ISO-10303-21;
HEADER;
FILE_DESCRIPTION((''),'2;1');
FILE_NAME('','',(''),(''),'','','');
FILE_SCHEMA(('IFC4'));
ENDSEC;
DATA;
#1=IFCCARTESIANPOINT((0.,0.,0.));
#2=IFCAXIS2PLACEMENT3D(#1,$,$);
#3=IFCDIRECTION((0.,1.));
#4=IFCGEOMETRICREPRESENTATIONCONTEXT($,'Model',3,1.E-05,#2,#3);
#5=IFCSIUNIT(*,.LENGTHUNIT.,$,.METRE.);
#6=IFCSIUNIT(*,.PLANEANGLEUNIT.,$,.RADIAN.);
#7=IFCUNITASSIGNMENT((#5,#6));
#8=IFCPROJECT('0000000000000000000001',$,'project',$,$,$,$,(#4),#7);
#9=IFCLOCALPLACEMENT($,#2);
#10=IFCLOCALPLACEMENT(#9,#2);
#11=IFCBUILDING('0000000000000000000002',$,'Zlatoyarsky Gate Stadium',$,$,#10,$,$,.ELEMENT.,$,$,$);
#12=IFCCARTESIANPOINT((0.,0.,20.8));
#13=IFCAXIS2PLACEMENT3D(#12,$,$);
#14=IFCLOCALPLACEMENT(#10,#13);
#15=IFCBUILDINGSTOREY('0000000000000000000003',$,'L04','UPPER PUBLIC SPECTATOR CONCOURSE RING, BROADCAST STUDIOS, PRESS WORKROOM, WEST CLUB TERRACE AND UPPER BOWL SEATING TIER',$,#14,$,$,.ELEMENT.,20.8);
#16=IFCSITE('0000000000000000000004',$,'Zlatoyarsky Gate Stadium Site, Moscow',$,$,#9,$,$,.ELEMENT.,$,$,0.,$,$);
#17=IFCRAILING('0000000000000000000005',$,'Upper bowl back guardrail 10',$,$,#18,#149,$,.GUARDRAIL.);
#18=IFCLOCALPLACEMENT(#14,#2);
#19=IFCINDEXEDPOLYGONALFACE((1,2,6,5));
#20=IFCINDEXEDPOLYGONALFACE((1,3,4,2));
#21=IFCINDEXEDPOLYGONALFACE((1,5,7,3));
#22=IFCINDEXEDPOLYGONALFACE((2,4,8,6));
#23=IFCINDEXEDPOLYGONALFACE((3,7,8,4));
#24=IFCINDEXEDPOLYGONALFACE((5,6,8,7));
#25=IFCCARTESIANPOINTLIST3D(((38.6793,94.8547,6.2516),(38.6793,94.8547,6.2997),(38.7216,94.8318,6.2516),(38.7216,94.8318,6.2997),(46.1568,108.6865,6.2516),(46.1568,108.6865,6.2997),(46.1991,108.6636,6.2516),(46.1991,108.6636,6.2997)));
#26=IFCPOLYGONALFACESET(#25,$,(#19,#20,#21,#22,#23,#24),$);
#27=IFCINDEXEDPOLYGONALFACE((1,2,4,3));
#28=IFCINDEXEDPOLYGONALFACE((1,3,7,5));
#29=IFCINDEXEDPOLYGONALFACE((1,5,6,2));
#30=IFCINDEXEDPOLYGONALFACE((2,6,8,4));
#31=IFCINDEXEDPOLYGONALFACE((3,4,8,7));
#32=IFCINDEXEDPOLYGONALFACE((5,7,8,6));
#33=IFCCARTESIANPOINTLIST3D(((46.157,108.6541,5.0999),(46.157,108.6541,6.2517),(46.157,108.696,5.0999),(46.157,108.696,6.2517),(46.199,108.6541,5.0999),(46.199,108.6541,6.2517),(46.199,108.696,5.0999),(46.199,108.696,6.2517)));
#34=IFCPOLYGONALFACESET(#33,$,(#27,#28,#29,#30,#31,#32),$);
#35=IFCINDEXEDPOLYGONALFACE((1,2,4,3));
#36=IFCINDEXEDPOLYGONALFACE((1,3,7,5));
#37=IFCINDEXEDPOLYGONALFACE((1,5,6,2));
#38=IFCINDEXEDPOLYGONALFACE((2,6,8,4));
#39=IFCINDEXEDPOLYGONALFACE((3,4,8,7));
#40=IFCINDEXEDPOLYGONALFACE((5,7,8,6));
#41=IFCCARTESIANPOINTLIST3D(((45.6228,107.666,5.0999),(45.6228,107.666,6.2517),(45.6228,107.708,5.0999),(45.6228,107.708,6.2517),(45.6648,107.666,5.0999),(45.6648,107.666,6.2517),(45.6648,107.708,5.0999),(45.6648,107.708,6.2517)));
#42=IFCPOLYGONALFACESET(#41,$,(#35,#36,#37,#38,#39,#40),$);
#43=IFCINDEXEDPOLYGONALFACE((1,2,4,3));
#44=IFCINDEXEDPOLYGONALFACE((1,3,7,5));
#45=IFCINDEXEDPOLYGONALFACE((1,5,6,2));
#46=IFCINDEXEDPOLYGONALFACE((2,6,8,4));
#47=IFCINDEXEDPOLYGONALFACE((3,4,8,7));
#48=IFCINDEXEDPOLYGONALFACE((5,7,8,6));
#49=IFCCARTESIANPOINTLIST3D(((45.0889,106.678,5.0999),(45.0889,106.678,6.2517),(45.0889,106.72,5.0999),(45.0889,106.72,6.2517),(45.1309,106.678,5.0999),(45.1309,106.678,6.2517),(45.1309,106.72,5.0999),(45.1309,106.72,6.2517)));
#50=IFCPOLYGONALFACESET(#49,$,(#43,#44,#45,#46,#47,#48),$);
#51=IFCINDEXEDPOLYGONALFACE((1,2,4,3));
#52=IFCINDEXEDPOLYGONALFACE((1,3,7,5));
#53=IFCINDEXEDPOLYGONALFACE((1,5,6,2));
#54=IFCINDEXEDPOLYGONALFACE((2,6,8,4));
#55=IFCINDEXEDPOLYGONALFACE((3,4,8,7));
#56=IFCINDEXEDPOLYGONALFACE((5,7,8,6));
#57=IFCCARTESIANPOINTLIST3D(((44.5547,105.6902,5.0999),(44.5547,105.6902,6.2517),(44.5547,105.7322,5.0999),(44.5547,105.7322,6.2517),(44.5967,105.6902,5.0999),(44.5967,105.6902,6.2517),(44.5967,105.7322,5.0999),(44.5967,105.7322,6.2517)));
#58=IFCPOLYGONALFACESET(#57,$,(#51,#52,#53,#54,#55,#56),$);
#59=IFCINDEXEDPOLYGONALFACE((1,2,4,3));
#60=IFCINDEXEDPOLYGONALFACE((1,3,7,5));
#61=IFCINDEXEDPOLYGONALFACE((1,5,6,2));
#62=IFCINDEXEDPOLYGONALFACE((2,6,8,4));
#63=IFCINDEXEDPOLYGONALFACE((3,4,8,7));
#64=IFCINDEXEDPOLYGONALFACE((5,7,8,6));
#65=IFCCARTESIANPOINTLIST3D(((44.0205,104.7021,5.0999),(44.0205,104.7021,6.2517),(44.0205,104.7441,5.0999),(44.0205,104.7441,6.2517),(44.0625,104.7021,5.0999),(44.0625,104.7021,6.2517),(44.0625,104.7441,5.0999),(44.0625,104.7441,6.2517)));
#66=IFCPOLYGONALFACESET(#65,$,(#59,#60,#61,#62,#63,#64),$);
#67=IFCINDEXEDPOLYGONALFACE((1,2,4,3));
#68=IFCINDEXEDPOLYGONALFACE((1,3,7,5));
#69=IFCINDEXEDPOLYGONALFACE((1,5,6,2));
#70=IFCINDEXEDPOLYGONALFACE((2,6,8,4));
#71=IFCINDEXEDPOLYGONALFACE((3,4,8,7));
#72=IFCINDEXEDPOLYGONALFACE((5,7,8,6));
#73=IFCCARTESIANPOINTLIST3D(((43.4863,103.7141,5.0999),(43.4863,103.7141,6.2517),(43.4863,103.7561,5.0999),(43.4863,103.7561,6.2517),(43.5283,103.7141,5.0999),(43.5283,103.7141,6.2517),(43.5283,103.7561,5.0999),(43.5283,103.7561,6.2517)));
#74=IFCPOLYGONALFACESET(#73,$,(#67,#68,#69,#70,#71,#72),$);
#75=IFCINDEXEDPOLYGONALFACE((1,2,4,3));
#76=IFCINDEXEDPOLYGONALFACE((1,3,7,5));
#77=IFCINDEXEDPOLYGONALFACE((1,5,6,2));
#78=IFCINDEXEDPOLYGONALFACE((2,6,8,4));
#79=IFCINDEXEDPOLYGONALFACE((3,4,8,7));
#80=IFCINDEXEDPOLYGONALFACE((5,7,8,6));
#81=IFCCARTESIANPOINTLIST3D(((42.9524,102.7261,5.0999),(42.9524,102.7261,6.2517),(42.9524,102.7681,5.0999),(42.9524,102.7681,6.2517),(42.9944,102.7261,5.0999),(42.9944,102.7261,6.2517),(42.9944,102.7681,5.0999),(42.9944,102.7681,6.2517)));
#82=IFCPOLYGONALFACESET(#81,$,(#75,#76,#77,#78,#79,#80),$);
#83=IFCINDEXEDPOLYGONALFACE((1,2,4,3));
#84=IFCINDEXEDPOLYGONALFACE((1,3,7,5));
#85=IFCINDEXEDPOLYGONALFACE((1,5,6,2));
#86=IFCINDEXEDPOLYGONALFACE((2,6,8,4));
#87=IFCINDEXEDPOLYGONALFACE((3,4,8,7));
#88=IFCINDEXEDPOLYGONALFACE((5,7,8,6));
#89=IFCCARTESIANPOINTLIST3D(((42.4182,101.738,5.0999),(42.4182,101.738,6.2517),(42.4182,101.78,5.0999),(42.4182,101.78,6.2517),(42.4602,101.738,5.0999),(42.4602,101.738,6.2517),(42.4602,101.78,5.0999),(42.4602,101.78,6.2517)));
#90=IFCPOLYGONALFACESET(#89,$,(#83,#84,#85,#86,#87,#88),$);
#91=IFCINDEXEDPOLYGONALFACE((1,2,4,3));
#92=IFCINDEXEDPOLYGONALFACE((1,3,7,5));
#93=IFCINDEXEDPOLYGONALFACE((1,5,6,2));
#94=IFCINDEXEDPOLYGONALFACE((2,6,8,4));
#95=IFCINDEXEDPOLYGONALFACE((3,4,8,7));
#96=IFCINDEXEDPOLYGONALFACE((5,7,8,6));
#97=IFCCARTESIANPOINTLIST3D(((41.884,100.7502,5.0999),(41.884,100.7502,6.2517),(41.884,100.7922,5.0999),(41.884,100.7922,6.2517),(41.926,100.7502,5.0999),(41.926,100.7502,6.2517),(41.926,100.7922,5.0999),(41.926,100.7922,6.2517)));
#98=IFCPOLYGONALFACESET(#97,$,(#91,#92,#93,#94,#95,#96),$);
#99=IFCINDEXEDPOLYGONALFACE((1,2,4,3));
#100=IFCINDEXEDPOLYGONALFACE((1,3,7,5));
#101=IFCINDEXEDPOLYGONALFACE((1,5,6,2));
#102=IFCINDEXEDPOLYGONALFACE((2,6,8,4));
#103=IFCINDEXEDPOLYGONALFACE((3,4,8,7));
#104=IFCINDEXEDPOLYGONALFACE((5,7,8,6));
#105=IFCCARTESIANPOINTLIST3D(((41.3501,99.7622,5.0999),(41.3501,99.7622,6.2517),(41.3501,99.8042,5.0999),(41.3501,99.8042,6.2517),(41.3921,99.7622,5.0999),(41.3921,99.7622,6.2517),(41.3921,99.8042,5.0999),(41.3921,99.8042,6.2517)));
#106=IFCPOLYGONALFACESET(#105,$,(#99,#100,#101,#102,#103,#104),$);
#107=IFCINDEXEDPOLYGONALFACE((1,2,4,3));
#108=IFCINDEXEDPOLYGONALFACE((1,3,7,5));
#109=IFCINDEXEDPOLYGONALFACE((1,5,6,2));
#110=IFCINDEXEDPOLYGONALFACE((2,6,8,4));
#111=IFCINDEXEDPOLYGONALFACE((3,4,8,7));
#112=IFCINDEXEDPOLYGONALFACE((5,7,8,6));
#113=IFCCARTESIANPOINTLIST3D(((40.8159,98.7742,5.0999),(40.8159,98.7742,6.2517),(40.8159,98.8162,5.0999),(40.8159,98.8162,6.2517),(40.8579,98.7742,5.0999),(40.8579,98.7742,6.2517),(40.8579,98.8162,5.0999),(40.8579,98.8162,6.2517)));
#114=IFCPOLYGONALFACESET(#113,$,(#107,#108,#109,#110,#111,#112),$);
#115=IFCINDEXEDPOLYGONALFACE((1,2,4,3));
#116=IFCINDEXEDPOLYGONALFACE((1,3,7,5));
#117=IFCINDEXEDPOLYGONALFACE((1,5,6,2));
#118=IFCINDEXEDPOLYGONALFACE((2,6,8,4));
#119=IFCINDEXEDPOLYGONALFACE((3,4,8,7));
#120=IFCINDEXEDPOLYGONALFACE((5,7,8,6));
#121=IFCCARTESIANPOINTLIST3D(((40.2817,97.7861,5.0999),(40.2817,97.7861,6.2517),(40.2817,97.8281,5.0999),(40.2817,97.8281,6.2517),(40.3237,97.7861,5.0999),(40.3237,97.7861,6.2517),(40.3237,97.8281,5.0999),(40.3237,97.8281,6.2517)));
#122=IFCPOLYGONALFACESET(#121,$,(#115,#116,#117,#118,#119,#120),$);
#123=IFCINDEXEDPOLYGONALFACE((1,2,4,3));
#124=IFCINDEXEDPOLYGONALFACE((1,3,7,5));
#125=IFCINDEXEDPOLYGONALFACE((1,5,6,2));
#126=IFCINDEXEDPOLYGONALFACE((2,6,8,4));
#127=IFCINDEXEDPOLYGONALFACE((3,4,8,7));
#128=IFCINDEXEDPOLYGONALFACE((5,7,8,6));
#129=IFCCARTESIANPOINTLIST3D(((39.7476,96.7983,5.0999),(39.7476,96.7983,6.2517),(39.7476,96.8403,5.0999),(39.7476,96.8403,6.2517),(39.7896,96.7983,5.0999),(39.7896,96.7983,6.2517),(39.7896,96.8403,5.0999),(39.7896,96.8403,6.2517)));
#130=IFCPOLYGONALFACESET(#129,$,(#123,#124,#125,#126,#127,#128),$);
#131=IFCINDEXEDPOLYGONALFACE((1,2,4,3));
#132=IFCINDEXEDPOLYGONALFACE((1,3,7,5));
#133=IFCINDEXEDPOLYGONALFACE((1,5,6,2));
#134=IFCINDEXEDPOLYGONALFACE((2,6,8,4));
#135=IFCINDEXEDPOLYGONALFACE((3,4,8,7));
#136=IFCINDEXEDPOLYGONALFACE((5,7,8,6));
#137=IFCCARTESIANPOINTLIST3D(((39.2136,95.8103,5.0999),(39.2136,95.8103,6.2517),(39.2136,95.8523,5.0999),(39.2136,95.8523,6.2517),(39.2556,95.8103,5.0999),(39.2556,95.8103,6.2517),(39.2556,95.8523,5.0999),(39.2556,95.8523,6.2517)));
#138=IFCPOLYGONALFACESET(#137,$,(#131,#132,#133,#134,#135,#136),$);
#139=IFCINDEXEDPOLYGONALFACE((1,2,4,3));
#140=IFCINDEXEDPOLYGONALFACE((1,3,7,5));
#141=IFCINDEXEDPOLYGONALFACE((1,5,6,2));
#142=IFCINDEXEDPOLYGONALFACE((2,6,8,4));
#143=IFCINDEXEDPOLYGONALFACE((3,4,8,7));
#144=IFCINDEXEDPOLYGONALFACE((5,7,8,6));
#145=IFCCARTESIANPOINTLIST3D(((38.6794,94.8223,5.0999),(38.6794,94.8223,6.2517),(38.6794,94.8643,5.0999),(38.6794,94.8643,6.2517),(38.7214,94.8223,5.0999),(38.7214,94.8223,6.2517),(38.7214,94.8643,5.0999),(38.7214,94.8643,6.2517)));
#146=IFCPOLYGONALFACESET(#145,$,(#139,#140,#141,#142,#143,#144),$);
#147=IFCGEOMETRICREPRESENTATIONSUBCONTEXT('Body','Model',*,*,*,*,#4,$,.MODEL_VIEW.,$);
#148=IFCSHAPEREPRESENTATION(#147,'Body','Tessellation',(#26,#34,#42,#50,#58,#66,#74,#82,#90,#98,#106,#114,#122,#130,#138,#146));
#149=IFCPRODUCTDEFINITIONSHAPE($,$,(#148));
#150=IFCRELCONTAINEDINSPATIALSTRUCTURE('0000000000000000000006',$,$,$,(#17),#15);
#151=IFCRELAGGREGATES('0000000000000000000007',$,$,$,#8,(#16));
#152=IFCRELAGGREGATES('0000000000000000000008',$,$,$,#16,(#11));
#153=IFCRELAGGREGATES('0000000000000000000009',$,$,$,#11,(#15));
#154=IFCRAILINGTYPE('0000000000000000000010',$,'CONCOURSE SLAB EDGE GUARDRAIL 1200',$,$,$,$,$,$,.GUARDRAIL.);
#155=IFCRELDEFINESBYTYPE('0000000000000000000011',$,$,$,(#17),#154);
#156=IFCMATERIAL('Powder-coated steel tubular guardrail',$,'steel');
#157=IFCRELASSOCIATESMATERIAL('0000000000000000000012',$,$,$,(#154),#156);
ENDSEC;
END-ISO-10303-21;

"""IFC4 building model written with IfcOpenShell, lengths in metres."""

from ifc_helpers import new_model, si_unit, direction, frame, origin, origin_2d, place, context, subcontext, project, spatial, rectangle, extrude, material, type_object, element, save


model = new_model("IFC4")

# Units and contexts
model_context = context("Model", 3, precision=1e-05, world=origin(), true_north=direction((0.0, 1.0)))
body_context = subcontext(model_context, "Body", "Model", "MODEL_VIEW")
ifc_project = project(units=[si_unit("LENGTHUNIT", "METRE"), si_unit("PLANEANGLEUNIT", "RADIAN")], contexts=[model_context])

# Site, building, storey
site_placement = place(None, origin())
site = spatial("IfcSite", under=ifc_project, at=site_placement, Name="Zlatoyarsky Gate Stadium Site, Moscow", CompositionType="ELEMENT", RefElevation=0.0)
building_placement = place(site_placement, origin())
building = spatial("IfcBuilding", under=site, at=building_placement, Name="Zlatoyarsky Gate Stadium", CompositionType="ELEMENT")
storey_placement = place(building_placement, frame((0.0, 0.0, 20.8)))
storey = spatial("IfcBuildingStorey", under=building, at=storey_placement, Name="L04", Description="UPPER PUBLIC SPECTATOR CONCOURSE RING, BROADCAST STUDIOS, PRESS WORKROOM, WEST CLUB TERRACE AND UPPER BOWL SEATING TIER", CompositionType="ELEMENT", Elevation=20.8)

# Railing
ifc_material_1 = material(Name="Powder-coated steel tubular guardrail", Category="steel")
railing_type_1 = type_object("IfcRailingType", Name="CONCOURSE SLAB EDGE GUARDRAIL 1200", PredefinedType="GUARDRAIL", material=ifc_material_1)
railing_1_placement = place(storey_placement, frame((46.178, 108.675, 5.0999)))
element("IfcRailing", 1, at=railing_1_placement, inside=storey, type_object=railing_type_1, Name="Upper bowl back guardrail 10", PredefinedType="GUARDRAIL", context=body_context, shape_type="SweptSolid", body=[
    extrude(rectangle(XDim=0.0481, YDim=0.0481, at=origin_2d()), frame((0.0, 0.0, 1.1758), z_axis=(-0.475561, -0.879683, 0.0), x_axis=(0.879683, -0.475561, 0.0)), (0.0, 0.0, 1.0), 15.7236),
    extrude(rectangle(XDim=0.042, YDim=0.042, at=origin_2d()), origin(), (0.0, 0.0, 1.0), 1.1519),
    extrude(rectangle(XDim=0.042, YDim=0.042, at=origin_2d()), frame((-0.5342, -0.988, 0.0)), (0.0, 0.0, 1.0), 1.1519),
    extrude(rectangle(XDim=0.042, YDim=0.042, at=origin_2d()), frame((-1.0681, -1.9761, 0.0)), (0.0, 0.0, 1.0), 1.1519),
    extrude(rectangle(XDim=0.042, YDim=0.042, at=origin_2d()), frame((-1.6023, -2.9639, 0.0)), (0.0, 0.0, 1.0), 1.1519),
    extrude(rectangle(XDim=0.042, YDim=0.042, at=origin_2d()), frame((-2.1365, -3.9519, 0.0)), (0.0, 0.0, 1.0), 1.1519),
    extrude(rectangle(XDim=0.042, YDim=0.042, at=origin_2d()), frame((-2.6707, -4.9399, 0.0)), (0.0, 0.0, 1.0), 1.1519),
    extrude(rectangle(XDim=0.042, YDim=0.042, at=origin_2d()), frame((-3.2046, -5.928, 0.0)), (0.0, 0.0, 1.0), 1.1519),
    extrude(rectangle(XDim=0.042, YDim=0.042, at=origin_2d()), frame((-3.7388, -6.916, 0.0)), (0.0, 0.0, 1.0), 1.1519),
    extrude(rectangle(XDim=0.042, YDim=0.042, at=origin_2d()), frame((-4.2729, -7.9038, 0.0)), (0.0, 0.0, 1.0), 1.1519),
    extrude(rectangle(XDim=0.042, YDim=0.042, at=origin_2d()), frame((-4.8069, -8.8918, 0.0)), (0.0, 0.0, 1.0), 1.1519),
    extrude(rectangle(XDim=0.042, YDim=0.042, at=origin_2d()), frame((-5.3411, -9.8799, 0.0)), (0.0, 0.0, 1.0), 1.1519),
    extrude(rectangle(XDim=0.042, YDim=0.042, at=origin_2d()), frame((-5.8752, -10.8679, 0.0)), (0.0, 0.0, 1.0), 1.1519),
    extrude(rectangle(XDim=0.042, YDim=0.042, at=origin_2d()), frame((-6.4094, -11.8557, 0.0)), (0.0, 0.0, 1.0), 1.1519),
    extrude(rectangle(XDim=0.042, YDim=0.042, at=origin_2d()), frame((-6.9434, -12.8438, 0.0)), (0.0, 0.0, 1.0), 1.1519),
    extrude(rectangle(XDim=0.042, YDim=0.042, at=origin_2d()), frame((-7.4775, -13.8318, 0.0)), (0.0, 0.0, 1.0), 1.1519),
])

save(model, "model.ifc")
